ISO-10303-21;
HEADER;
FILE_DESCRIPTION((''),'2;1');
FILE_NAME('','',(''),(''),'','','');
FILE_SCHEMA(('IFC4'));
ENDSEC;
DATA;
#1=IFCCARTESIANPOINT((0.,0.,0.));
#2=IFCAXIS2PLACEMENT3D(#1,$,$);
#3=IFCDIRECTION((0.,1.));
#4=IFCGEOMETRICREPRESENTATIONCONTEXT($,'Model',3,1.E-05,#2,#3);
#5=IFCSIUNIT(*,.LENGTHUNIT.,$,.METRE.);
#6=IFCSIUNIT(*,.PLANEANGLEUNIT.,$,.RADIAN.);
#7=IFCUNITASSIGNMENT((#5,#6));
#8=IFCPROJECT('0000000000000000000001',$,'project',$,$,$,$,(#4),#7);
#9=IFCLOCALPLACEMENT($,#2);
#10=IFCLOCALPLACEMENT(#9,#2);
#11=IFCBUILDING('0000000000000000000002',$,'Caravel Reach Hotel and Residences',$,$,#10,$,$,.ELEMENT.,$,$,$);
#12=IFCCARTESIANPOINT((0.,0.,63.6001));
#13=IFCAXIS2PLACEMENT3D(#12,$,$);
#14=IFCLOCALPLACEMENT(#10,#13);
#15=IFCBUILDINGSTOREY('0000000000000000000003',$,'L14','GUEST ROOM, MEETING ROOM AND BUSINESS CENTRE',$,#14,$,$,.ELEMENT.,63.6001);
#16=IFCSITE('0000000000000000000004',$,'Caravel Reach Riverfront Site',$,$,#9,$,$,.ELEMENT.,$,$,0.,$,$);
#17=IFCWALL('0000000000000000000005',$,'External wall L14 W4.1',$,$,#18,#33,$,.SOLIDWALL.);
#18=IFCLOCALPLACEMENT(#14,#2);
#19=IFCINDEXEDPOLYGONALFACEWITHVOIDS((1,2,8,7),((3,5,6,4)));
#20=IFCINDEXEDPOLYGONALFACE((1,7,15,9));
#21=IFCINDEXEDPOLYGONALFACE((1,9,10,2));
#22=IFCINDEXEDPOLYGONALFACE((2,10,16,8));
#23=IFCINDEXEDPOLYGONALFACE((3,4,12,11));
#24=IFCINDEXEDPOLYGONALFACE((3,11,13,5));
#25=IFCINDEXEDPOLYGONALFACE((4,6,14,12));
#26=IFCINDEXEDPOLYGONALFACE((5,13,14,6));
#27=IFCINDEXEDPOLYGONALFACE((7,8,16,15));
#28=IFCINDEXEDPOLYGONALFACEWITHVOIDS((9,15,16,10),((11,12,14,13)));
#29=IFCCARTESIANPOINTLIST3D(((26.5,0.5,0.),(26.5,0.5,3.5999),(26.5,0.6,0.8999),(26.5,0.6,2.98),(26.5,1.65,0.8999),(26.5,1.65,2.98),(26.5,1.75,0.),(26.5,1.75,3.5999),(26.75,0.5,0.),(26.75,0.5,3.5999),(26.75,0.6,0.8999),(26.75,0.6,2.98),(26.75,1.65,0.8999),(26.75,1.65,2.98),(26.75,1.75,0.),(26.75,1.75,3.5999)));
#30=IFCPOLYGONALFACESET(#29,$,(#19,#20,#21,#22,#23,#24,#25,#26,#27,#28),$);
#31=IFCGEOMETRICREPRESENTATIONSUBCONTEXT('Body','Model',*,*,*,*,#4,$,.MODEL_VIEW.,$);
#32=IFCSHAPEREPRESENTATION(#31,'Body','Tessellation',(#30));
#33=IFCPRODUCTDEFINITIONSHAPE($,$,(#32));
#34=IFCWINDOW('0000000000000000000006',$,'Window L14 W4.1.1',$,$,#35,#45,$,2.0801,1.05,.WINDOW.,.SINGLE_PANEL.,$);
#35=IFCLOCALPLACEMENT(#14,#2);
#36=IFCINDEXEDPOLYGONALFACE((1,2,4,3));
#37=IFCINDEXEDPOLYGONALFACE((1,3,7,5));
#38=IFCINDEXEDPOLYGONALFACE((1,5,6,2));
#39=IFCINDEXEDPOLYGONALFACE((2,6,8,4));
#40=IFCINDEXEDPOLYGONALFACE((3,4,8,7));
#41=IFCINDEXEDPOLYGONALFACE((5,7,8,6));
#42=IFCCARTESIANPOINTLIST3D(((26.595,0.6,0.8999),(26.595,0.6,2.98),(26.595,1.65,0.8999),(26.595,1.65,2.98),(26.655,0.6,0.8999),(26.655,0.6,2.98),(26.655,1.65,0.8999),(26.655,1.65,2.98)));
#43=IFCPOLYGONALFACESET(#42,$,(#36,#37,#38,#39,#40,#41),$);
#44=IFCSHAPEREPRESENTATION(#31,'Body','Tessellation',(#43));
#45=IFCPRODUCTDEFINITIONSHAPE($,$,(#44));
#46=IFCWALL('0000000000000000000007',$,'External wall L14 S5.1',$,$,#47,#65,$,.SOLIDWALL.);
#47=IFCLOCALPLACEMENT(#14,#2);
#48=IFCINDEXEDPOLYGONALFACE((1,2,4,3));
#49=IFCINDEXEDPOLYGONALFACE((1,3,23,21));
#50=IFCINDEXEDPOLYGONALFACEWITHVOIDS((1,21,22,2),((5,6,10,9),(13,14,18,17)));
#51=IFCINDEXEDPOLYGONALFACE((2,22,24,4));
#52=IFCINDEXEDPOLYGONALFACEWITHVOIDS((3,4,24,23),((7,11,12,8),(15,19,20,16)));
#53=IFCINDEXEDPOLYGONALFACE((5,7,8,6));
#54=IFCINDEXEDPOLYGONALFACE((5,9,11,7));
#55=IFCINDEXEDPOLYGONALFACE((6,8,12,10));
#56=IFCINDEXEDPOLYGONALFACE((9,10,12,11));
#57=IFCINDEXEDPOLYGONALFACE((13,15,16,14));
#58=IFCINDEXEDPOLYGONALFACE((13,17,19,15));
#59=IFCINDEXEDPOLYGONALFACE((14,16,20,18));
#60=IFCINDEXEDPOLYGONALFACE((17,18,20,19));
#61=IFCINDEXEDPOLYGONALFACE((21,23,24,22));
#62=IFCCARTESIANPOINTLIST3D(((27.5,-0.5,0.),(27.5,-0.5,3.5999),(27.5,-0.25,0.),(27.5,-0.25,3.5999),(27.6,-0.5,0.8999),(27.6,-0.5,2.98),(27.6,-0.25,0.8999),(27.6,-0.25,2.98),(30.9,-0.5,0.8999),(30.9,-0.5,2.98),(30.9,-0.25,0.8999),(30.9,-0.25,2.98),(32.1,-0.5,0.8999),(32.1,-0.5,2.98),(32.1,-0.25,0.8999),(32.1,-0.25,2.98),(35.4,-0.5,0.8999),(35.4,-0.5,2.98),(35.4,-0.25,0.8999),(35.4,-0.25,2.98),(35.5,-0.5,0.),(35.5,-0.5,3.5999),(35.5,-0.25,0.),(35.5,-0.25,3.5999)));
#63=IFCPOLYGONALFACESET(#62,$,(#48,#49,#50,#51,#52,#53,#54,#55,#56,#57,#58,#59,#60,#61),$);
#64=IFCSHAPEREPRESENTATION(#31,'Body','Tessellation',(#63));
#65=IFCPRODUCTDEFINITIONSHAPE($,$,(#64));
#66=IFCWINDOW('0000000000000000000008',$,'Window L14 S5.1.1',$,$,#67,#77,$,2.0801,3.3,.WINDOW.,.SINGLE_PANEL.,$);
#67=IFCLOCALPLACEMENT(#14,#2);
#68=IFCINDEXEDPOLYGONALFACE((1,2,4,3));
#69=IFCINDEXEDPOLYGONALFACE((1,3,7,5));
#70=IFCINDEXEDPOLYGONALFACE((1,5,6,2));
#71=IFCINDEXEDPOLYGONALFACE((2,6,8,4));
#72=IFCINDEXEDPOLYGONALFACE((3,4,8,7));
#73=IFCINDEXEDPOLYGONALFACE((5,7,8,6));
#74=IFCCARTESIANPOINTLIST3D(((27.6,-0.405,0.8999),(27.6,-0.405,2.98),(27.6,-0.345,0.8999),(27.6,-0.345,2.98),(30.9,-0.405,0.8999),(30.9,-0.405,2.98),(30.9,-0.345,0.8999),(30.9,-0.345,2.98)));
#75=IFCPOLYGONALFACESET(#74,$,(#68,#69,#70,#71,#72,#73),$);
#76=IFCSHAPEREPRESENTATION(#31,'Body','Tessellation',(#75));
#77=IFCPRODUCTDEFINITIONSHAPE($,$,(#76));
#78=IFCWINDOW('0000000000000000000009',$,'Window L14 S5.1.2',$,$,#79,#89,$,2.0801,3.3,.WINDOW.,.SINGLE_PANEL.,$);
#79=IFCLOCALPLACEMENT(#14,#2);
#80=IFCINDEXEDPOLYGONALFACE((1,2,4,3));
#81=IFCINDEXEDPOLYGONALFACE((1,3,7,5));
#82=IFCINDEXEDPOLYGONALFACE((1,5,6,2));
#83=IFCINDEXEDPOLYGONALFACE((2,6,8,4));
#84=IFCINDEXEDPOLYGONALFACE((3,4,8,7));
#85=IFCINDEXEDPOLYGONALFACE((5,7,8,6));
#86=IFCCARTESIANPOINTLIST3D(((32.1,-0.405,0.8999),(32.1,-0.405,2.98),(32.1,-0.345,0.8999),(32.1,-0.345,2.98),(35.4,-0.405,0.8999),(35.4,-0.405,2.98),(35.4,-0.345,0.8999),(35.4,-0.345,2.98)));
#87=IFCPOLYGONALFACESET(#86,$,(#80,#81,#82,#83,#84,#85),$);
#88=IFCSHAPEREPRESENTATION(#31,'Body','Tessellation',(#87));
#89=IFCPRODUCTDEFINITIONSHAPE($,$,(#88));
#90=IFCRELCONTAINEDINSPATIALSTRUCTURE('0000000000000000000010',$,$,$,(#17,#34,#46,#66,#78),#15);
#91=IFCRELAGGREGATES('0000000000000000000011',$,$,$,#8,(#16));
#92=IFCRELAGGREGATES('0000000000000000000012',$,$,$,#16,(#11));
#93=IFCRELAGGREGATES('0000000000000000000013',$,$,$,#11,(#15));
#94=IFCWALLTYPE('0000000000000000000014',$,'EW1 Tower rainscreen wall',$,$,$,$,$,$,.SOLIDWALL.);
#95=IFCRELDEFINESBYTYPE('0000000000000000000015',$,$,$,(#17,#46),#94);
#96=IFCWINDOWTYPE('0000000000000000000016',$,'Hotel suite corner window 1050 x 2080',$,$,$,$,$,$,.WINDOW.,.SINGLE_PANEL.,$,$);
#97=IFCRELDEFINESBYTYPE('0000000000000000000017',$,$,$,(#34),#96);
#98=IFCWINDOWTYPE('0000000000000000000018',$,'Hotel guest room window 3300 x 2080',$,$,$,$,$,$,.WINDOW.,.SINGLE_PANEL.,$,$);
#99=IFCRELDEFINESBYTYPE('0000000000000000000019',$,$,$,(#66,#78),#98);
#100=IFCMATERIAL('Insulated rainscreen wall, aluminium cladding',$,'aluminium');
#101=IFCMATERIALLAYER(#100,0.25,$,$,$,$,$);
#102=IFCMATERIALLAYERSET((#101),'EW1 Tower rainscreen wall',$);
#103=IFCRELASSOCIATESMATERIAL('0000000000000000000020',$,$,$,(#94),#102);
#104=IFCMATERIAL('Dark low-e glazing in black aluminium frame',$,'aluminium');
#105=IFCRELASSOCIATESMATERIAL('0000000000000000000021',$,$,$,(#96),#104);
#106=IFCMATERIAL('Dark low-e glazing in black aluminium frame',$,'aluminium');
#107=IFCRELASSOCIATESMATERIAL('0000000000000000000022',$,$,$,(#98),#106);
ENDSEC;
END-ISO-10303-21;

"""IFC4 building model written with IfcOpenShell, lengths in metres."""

from ifc_helpers import new_model, si_unit, direction, frame, frame_2d, origin, place, context, subcontext, project, spatial, rectangle, extrude, material, layer, layer_set, type_object, element, fill, save


model = new_model("IFC4")

# Units and contexts
model_context = context("Model", 3, precision=1e-05, world=origin(), true_north=direction((0.0, 1.0)))
body_context = subcontext(model_context, "Body", "Model", "MODEL_VIEW")
ifc_project = project(units=[si_unit("LENGTHUNIT", "METRE"), si_unit("PLANEANGLEUNIT", "RADIAN")], contexts=[model_context])

# Site, building, storey
site_placement = place(None, origin())
site = spatial("IfcSite", under=ifc_project, at=site_placement, Name="Caravel Reach Riverfront Site", CompositionType="ELEMENT", RefElevation=0.0)
building_placement = place(site_placement, origin())
building = spatial("IfcBuilding", under=site, at=building_placement, Name="Caravel Reach Hotel and Residences", CompositionType="ELEMENT")
storey_placement = place(building_placement, frame((0.0, 0.0, 63.6001)))
storey = spatial("IfcBuildingStorey", under=building, at=storey_placement, Name="L14", Description="GUEST ROOM, MEETING ROOM AND BUSINESS CENTRE", CompositionType="ELEMENT", Elevation=63.6001)

# Wall, opening, window
ifc_material_1 = material(Name="Insulated rainscreen wall, aluminium cladding", Category="aluminium")
ifc_layer_1 = layer(ifc_material_1, 0.25)
ifc_layer_set_1 = layer_set([ifc_layer_1], Name="EW1 Tower rainscreen wall")
wall_type_1 = type_object("IfcWallType", Name="EW1 Tower rainscreen wall", PredefinedType="SOLIDWALL", material=ifc_layer_set_1)
wall_1_placement = place(storey_placement, frame((26.625, 1.75, 0.0), z_axis=(0.0, 0.0, 1.0), x_axis=(0.0, -1.0, 0.0)))
wall_1 = element("IfcWall", 1, at=wall_1_placement, inside=storey, type_object=wall_type_1, Name="External wall L14 W4.1", PredefinedType="SOLIDWALL", context=body_context, shape_type="SweptSolid", body=[
    extrude(rectangle(XDim=1.25, YDim=0.25, at=frame_2d((0.625, 0.0))), origin(), (0.0, 0.0, 1.0), 3.5999),
])
opening_1_placement = place(wall_1_placement, frame((0.1001, 0.0, 0.8999)))
opening_1 = element("IfcOpeningElement", 2, at=opening_1_placement, cuts=wall_1, PredefinedType="OPENING", context=body_context, shape_type="SweptSolid", body=[
    extrude(rectangle(XDim=1.05, YDim=2.0801, at=frame_2d((0.5249, 1.04))), frame((0.0, 0.135, 0.0), z_axis=(0.0, -1.0, 0.0), x_axis=(1.0, 0.0, 0.0)), (0.0, 0.0, 1.0), 0.27),
])
ifc_material_2 = material(Name="Dark low-e glazing in black aluminium frame", Category="aluminium")
window_type_1 = type_object("IfcWindowType", Name="Hotel suite corner window 1050 x 2080", PartitioningType="SINGLE_PANEL", PredefinedType="WINDOW", material=ifc_material_2)
window_1_placement = place(opening_1_placement, origin())
window_1 = element("IfcWindow", 3, at=window_1_placement, inside=storey, type_object=window_type_1, Name="Window L14 W4.1.1", OverallHeight=2.0801, OverallWidth=1.05, PartitioningType="SINGLE_PANEL", PredefinedType="WINDOW", context=body_context, shape_type="SweptSolid", body=[
    extrude(rectangle(XDim=1.05, YDim=2.0801, at=frame_2d((0.5249, 1.04))), frame((0.0, 0.03, 0.0), z_axis=(0.0, -1.0, 0.0), x_axis=(1.0, 0.0, 0.0)), (0.0, 0.0, 1.0), 0.0601),
])
fill(opening_1, window_1)

# Wall, openings, windows
wall_2_placement = place(storey_placement, frame((27.5, -0.375, 0.0), z_axis=(0.0, 0.0, 1.0), x_axis=(1.0, 0.0, 0.0)))
wall_2 = element("IfcWall", 4, at=wall_2_placement, inside=storey, type_object=wall_type_1, Name="External wall L14 S5.1", PredefinedType="SOLIDWALL", context=body_context, shape_type="SweptSolid", body=[
    extrude(rectangle(XDim=8.0, YDim=0.25, at=frame_2d((4.0, 0.0))), origin(), (0.0, 0.0, 1.0), 3.5999),
])
opening_2_placement = place(wall_2_placement, frame((0.1001, 0.0, 0.8999)))
opening_2 = element("IfcOpeningElement", 5, at=opening_2_placement, cuts=wall_2, PredefinedType="OPENING", context=body_context, shape_type="SweptSolid", body=[
    extrude(rectangle(XDim=3.3, YDim=2.0801, at=frame_2d((1.6499, 1.04))), frame((0.0, 0.135, 0.0), z_axis=(0.0, -1.0, 0.0), x_axis=(1.0, 0.0, 0.0)), (0.0, 0.0, 1.0), 0.27),
])
opening_3_placement = place(wall_2_placement, frame((4.6001, 0.0, 0.8999)))
opening_3 = element("IfcOpeningElement", 6, at=opening_3_placement, cuts=wall_2, PredefinedType="OPENING", context=body_context, shape_type="SweptSolid", body=[
    extrude(rectangle(XDim=3.3, YDim=2.0801, at=frame_2d((1.6499, 1.04))), frame((0.0, 0.135, 0.0), z_axis=(0.0, -1.0, 0.0), x_axis=(1.0, 0.0, 0.0)), (0.0, 0.0, 1.0), 0.27),
])
ifc_material_3 = material(Name="Dark low-e glazing in black aluminium frame", Category="aluminium")
window_type_2 = type_object("IfcWindowType", Name="Hotel guest room window 3300 x 2080", PartitioningType="SINGLE_PANEL", PredefinedType="WINDOW", material=ifc_material_3)
window_2_placement = place(opening_2_placement, origin())
window_2 = element("IfcWindow", 7, at=window_2_placement, inside=storey, type_object=window_type_2, Name="Window L14 S5.1.1", OverallHeight=2.0801, OverallWidth=3.3, PartitioningType="SINGLE_PANEL", PredefinedType="WINDOW", context=body_context, shape_type="SweptSolid", body=[
    extrude(rectangle(XDim=3.3, YDim=2.0801, at=frame_2d((1.6499, 1.04))), frame((0.0, 0.03, 0.0), z_axis=(0.0, -1.0, 0.0), x_axis=(1.0, 0.0, 0.0)), (0.0, 0.0, 1.0), 0.0601),
])
fill(opening_2, window_2)
window_3_placement = place(opening_3_placement, origin())
window_3 = element("IfcWindow", 8, at=window_3_placement, inside=storey, type_object=window_type_2, Name="Window L14 S5.1.2", OverallHeight=2.0801, OverallWidth=3.3, PartitioningType="SINGLE_PANEL", PredefinedType="WINDOW", context=body_context, shape_type="SweptSolid", body=[
    extrude(rectangle(XDim=3.3, YDim=2.0801, at=frame_2d((1.6499, 1.04))), frame((0.0, 0.03, 0.0), z_axis=(0.0, -1.0, 0.0), x_axis=(1.0, 0.0, 0.0)), (0.0, 0.0, 1.0), 0.0601),
])
fill(opening_3, window_3)

save(model, "model.ifc")
